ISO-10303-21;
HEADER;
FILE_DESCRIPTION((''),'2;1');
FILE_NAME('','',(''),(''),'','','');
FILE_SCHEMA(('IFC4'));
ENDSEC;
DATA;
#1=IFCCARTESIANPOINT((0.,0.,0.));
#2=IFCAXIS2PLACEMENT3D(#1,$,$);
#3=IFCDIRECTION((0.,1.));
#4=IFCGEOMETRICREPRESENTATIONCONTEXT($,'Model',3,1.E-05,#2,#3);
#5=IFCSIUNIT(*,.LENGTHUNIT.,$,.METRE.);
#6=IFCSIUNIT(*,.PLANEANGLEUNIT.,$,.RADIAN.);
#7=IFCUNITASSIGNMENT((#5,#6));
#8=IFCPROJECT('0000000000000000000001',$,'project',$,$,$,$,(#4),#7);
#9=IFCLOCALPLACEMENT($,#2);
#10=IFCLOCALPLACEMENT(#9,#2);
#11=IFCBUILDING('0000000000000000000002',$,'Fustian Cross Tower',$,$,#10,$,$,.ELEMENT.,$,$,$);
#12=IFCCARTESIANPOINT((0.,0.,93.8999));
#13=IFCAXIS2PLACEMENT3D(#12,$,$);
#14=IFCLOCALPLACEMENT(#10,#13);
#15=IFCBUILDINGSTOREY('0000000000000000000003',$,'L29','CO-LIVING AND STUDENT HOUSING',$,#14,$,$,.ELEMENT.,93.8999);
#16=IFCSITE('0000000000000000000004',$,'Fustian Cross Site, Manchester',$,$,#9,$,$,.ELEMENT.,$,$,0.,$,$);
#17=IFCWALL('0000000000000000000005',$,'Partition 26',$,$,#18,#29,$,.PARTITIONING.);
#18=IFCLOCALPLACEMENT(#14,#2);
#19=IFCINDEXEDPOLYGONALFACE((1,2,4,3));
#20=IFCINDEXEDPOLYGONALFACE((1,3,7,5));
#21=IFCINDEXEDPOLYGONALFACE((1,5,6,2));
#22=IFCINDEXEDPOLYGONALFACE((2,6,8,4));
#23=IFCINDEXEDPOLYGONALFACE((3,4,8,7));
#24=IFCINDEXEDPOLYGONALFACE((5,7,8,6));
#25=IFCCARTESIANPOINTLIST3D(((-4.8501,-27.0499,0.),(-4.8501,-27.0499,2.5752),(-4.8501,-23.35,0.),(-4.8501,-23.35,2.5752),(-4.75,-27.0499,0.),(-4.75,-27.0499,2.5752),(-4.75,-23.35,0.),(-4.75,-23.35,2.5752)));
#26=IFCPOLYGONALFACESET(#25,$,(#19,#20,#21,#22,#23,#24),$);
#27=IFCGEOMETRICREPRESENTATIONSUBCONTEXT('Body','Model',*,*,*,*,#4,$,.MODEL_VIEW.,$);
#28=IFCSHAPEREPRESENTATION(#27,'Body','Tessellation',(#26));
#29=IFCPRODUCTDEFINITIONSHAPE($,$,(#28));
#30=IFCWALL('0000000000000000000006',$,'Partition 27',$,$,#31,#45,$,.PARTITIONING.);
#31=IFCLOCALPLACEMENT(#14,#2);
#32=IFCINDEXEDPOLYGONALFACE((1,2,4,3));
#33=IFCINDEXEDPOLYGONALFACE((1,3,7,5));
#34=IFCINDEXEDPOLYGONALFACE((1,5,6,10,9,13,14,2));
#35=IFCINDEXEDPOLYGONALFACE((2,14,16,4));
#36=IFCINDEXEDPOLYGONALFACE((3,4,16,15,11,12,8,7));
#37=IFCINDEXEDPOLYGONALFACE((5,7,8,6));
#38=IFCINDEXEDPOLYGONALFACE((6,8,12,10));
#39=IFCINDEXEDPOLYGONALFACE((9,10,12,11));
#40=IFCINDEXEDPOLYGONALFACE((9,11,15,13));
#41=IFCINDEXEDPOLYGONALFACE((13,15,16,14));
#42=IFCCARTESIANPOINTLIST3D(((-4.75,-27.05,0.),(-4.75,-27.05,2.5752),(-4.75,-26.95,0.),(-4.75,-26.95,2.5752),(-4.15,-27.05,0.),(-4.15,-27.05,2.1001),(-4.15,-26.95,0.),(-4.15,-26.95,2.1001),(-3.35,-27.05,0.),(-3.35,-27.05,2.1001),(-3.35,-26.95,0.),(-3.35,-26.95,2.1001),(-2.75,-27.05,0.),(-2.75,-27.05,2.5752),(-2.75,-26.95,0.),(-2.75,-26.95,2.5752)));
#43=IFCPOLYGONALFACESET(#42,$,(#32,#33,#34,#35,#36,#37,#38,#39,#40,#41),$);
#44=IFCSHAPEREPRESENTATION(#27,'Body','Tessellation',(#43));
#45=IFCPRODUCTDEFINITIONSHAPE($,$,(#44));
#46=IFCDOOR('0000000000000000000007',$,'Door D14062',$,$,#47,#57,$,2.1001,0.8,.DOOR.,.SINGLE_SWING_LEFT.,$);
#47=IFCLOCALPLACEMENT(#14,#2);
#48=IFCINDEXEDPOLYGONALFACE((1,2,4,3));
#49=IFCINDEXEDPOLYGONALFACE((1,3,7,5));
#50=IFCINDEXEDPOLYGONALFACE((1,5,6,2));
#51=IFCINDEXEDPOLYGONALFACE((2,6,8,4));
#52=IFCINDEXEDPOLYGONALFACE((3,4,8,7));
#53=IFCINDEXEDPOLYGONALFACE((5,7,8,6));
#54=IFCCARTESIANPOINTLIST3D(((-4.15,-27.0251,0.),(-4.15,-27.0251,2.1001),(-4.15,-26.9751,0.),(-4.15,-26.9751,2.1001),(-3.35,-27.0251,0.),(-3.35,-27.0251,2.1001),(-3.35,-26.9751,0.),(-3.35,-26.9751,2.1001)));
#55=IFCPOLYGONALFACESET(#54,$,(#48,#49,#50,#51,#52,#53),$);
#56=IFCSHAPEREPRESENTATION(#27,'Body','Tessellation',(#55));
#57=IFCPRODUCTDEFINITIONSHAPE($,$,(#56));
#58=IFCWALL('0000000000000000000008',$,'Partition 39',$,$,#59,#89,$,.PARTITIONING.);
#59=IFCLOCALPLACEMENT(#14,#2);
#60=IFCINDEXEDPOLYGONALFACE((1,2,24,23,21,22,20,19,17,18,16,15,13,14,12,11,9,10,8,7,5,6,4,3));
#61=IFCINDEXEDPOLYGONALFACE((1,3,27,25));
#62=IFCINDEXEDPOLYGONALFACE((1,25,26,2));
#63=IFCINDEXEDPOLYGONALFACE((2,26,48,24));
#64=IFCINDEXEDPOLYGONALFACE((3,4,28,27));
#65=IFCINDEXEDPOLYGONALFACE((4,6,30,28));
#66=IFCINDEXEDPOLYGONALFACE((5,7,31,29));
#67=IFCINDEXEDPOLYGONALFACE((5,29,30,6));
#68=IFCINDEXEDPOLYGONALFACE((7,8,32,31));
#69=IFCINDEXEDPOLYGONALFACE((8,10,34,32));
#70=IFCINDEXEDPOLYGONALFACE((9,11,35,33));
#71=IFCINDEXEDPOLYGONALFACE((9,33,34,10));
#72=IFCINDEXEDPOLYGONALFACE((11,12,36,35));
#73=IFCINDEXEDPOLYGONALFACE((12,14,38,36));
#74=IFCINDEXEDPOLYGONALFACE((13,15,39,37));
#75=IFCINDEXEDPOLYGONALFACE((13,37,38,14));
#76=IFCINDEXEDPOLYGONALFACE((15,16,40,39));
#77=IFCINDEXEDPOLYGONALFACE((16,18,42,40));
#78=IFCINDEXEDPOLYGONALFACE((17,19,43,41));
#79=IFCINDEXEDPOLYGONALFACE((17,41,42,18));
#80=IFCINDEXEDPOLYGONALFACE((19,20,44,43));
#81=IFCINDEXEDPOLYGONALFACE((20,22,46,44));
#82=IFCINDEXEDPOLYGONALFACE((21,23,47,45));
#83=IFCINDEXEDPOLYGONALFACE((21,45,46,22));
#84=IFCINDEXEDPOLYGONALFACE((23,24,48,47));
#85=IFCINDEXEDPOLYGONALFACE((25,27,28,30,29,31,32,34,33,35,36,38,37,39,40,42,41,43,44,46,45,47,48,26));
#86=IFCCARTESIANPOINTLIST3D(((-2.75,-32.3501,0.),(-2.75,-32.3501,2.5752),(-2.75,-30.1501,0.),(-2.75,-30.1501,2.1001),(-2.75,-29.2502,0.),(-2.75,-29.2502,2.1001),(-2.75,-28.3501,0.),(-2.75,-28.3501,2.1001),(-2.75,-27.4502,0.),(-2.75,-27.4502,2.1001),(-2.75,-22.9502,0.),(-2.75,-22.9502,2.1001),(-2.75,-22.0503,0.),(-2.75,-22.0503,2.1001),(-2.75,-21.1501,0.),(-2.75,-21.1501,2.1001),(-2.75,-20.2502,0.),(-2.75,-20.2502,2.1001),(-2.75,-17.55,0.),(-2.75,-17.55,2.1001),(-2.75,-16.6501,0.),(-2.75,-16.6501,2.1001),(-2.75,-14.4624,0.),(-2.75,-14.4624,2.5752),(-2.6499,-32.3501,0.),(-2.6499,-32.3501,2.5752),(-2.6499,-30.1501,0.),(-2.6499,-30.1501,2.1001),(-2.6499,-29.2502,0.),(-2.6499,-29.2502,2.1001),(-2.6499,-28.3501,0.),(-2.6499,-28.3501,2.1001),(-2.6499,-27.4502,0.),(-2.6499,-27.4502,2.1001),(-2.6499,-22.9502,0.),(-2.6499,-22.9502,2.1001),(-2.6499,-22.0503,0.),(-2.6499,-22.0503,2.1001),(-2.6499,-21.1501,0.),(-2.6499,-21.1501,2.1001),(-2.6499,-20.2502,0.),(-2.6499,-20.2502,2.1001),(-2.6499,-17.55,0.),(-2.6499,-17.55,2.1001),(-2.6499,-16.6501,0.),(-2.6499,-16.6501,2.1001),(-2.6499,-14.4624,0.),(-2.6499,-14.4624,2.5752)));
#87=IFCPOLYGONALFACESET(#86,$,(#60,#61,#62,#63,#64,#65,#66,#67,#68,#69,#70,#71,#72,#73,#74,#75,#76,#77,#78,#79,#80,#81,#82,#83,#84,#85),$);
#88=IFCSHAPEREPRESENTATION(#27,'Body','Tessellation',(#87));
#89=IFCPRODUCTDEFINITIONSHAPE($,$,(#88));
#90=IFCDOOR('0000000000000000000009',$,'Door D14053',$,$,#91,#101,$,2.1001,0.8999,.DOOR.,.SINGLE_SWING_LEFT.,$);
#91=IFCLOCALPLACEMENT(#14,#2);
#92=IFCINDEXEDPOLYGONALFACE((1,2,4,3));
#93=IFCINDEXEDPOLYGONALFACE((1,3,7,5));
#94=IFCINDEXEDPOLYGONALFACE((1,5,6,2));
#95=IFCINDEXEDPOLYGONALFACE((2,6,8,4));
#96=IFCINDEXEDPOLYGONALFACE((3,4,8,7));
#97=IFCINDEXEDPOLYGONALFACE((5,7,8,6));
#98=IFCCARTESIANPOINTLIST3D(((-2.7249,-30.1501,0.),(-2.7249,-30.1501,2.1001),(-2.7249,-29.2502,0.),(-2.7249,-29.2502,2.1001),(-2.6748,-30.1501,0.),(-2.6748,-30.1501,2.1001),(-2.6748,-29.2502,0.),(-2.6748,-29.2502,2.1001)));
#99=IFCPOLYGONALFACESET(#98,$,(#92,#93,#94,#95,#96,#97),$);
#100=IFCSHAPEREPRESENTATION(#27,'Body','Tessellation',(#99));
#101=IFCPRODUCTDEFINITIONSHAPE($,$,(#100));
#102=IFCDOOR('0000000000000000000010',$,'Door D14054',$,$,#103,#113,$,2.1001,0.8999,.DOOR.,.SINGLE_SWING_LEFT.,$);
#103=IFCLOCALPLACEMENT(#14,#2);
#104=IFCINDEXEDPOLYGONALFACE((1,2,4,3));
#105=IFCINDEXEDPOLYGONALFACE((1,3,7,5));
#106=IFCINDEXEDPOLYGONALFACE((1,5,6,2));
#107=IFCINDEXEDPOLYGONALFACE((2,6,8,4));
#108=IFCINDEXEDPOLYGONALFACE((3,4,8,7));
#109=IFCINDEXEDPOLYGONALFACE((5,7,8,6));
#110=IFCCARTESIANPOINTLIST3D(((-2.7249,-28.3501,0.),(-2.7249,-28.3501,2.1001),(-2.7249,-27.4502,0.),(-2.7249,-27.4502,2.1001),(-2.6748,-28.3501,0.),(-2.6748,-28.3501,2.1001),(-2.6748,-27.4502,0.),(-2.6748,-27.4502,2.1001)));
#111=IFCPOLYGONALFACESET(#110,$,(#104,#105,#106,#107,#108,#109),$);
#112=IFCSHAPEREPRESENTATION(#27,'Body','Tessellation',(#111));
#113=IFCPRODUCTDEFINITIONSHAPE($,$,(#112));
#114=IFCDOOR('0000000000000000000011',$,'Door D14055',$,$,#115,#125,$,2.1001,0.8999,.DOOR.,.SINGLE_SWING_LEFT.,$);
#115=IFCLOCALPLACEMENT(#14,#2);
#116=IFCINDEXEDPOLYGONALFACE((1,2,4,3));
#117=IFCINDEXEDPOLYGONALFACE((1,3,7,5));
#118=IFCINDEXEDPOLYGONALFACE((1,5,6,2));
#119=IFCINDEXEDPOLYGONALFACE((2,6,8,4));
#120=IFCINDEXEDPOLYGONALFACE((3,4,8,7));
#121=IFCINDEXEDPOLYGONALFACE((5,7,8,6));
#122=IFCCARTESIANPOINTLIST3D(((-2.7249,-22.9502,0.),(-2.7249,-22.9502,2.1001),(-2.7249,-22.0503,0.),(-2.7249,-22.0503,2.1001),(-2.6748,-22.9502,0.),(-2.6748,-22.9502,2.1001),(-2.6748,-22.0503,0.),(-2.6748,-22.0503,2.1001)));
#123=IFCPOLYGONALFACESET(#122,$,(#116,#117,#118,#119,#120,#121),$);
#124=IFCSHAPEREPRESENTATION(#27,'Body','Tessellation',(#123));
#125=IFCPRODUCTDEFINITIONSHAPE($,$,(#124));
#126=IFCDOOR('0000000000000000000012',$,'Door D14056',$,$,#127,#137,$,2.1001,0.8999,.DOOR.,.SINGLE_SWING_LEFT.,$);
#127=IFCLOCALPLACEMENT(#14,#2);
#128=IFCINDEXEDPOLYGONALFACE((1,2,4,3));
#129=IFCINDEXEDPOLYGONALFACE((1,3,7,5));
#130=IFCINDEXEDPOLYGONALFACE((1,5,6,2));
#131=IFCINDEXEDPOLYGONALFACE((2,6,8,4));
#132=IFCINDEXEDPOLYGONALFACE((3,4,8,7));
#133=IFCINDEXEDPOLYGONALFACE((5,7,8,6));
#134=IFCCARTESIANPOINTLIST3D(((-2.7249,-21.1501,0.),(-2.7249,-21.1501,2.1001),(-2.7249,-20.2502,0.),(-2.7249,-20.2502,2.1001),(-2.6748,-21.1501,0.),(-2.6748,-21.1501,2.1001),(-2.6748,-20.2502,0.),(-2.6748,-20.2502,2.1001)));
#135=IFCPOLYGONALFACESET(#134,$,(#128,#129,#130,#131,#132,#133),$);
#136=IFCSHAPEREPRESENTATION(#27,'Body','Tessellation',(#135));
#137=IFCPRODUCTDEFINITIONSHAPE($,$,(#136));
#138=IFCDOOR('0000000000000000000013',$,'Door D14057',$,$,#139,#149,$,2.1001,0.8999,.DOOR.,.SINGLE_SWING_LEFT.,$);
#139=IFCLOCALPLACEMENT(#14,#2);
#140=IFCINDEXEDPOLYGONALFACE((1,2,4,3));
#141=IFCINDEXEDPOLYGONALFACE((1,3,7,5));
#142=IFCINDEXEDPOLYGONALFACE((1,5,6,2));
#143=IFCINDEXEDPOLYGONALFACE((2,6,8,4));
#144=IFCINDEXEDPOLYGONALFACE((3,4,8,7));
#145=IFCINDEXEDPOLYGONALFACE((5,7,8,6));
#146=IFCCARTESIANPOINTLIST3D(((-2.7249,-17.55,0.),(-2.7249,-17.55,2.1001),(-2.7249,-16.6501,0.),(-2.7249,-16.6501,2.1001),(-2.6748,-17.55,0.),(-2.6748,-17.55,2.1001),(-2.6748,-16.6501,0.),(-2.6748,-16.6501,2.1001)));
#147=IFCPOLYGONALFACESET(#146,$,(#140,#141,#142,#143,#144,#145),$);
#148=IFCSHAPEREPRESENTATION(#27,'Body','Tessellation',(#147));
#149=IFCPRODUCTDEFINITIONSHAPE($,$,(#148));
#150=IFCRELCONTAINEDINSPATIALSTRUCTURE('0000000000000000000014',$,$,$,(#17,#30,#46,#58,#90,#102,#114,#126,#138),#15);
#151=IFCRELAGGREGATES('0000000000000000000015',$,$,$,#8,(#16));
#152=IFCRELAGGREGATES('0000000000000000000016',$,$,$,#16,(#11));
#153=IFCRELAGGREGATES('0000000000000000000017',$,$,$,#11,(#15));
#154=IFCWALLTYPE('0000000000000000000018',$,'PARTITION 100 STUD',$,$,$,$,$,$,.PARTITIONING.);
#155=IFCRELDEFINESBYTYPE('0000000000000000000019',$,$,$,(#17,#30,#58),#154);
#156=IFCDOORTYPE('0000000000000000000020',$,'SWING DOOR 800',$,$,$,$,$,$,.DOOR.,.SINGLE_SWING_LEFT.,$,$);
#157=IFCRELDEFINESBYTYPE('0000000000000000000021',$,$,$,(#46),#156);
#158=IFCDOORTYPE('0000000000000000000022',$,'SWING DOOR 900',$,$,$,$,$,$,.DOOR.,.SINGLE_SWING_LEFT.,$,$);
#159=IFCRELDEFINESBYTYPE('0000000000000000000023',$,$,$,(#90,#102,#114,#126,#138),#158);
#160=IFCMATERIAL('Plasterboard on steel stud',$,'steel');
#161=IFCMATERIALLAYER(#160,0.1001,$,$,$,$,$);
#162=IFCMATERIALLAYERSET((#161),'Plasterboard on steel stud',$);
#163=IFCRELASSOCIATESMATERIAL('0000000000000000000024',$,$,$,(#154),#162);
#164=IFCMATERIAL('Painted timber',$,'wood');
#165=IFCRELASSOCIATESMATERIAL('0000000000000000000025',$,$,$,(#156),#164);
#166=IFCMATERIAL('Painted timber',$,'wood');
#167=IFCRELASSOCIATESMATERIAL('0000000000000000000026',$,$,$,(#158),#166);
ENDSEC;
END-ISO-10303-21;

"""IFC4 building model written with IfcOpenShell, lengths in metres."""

from ifc_helpers import new_model, si_unit, direction, frame, frame_2d, origin, place, context, subcontext, project, spatial, rectangle, extrude, material, layer, layer_set, type_object, element, fill, save


model = new_model("IFC4")

# Units and contexts
model_context = context("Model", 3, precision=1e-05, world=origin(), true_north=direction((0.0, 1.0)))
body_context = subcontext(model_context, "Body", "Model", "MODEL_VIEW")
ifc_project = project(units=[si_unit("LENGTHUNIT", "METRE"), si_unit("PLANEANGLEUNIT", "RADIAN")], contexts=[model_context])

# Site, building, storey
site_placement = place(None, origin())
site = spatial("IfcSite", under=ifc_project, at=site_placement, Name="Fustian Cross Site, Manchester", CompositionType="ELEMENT", RefElevation=0.0)
building_placement = place(site_placement, origin())
building = spatial("IfcBuilding", under=site, at=building_placement, Name="Fustian Cross Tower", CompositionType="ELEMENT")
storey_placement = place(building_placement, frame((0.0, 0.0, 93.8999)))
storey = spatial("IfcBuildingStorey", under=building, at=storey_placement, Name="L29", Description="CO-LIVING AND STUDENT HOUSING", CompositionType="ELEMENT", Elevation=93.8999)

# Shared definitions
ifc_material_1 = material(Name="Plasterboard on steel stud", Category="steel")
ifc_layer_1 = layer(ifc_material_1, 0.1001)
ifc_layer_set_1 = layer_set([ifc_layer_1], Name="Plasterboard on steel stud")
wall_type_1 = type_object("IfcWallType", Name="PARTITION 100 STUD", PredefinedType="PARTITIONING", material=ifc_layer_set_1)
ifc_material_2 = material(Name="Painted timber", Category="wood")
door_type_1 = type_object("IfcDoorType", Name="SWING DOOR 800", OperationType="SINGLE_SWING_LEFT", PredefinedType="DOOR", material=ifc_material_2)

# Wall
wall_1_placement = place(storey_placement, frame((-4.8, -27.05, 0.0), z_axis=(0.0, 0.0, 1.0), x_axis=(0.0, 1.0, 0.0)))
element("IfcWall", 1, at=wall_1_placement, inside=storey, type_object=wall_type_1, Name="Partition 26", PredefinedType="PARTITIONING", context=body_context, shape_type="SweptSolid", body=[
    extrude(rectangle(XDim=3.7, YDim=0.1001, at=frame_2d((1.8501, 0.0))), origin(), (0.0, 0.0, 1.0), 2.5752),
])

# Wall, opening, door
wall_2_placement = place(storey_placement, frame((-4.75, -27.0, 0.0), z_axis=(0.0, 0.0, 1.0), x_axis=(1.0, 0.0, 0.0)))
wall_2 = element("IfcWall", 2, at=wall_2_placement, inside=storey, type_object=wall_type_1, Name="Partition 27", PredefinedType="PARTITIONING", context=body_context, shape_type="SweptSolid", body=[
    extrude(rectangle(XDim=2.0, YDim=0.1001, at=frame_2d((1.0, 0.0))), origin(), (0.0, 0.0, 1.0), 2.5752),
])
opening_1_placement = place(wall_2_placement, frame((0.6001, 0.0, 0.0)))
opening_1 = element("IfcOpeningElement", 3, at=opening_1_placement, cuts=wall_2, PredefinedType="OPENING", context=body_context, shape_type="SweptSolid", body=[
    extrude(rectangle(XDim=0.8, YDim=2.1001, at=frame_2d((0.3999, 1.05))), frame((0.0, 0.0601, 0.0), z_axis=(0.0, -1.0, 0.0), x_axis=(1.0, 0.0, 0.0)), (0.0, 0.0, 1.0), 0.1201),
])
door_1_placement = place(opening_1_placement, origin())
door_1 = element("IfcDoor", 4, at=door_1_placement, inside=storey, type_object=door_type_1, Name="Door D14062", OperationType="SINGLE_SWING_LEFT", OverallHeight=2.1001, OverallWidth=0.8, PredefinedType="DOOR", context=body_context, shape_type="SweptSolid", body=[
    extrude(rectangle(XDim=0.8, YDim=2.1001, at=frame_2d((0.3999, 1.05))), frame((0.0, 0.0249, 0.0), z_axis=(0.0, -1.0, 0.0), x_axis=(1.0, 0.0, 0.0)), (0.0, 0.0, 1.0), 0.05),
])
fill(opening_1, door_1)

# Wall, openings, doors
wall_3_placement = place(storey_placement, frame((-2.7, -32.3501, 0.0), z_axis=(0.0, 0.0, 1.0), x_axis=(0.0, 1.0, 0.0)))
wall_3 = element("IfcWall", 5, at=wall_3_placement, inside=storey, type_object=wall_type_1, Name="Partition 39", PredefinedType="PARTITIONING", context=body_context, shape_type="SweptSolid", body=[
    extrude(rectangle(XDim=17.8877, YDim=0.1001, at=frame_2d((8.9438, 0.0))), origin(), (0.0, 0.0, 1.0), 2.5752),
])
opening_2_placement = place(wall_3_placement, frame((2.2, 0.0, 0.0)))
opening_2 = element("IfcOpeningElement", 6, at=opening_2_placement, cuts=wall_3, PredefinedType="OPENING", context=body_context, shape_type="SweptSolid", body=[
    extrude(rectangle(XDim=0.8999, YDim=2.1001, at=frame_2d((0.45, 1.05))), frame((0.0, 0.0601, 0.0), z_axis=(0.0, -1.0, 0.0), x_axis=(1.0, 0.0, 0.0)), (0.0, 0.0, 1.0), 0.1201),
])
opening_3_placement = place(wall_3_placement, frame((4.0, 0.0, 0.0)))
opening_3 = element("IfcOpeningElement", 7, at=opening_3_placement, cuts=wall_3, PredefinedType="OPENING", context=body_context, shape_type="SweptSolid", body=[
    extrude(rectangle(XDim=0.8999, YDim=2.1001, at=frame_2d((0.45, 1.05))), frame((0.0, 0.0601, 0.0), z_axis=(0.0, -1.0, 0.0), x_axis=(1.0, 0.0, 0.0)), (0.0, 0.0, 1.0), 0.1201),
])
opening_4_placement = place(wall_3_placement, frame((9.3999, 0.0, 0.0)))
opening_4 = element("IfcOpeningElement", 8, at=opening_4_placement, cuts=wall_3, PredefinedType="OPENING", context=body_context, shape_type="SweptSolid", body=[
    extrude(rectangle(XDim=0.8999, YDim=2.1001, at=frame_2d((0.45, 1.05))), frame((0.0, 0.0601, 0.0), z_axis=(0.0, -1.0, 0.0), x_axis=(1.0, 0.0, 0.0)), (0.0, 0.0, 1.0), 0.1201),
])
opening_5_placement = place(wall_3_placement, frame((11.2, 0.0, 0.0)))
opening_5 = element("IfcOpeningElement", 9, at=opening_5_placement, cuts=wall_3, PredefinedType="OPENING", context=body_context, shape_type="SweptSolid", body=[
    extrude(rectangle(XDim=0.8999, YDim=2.1001, at=frame_2d((0.45, 1.05))), frame((0.0, 0.0601, 0.0), z_axis=(0.0, -1.0, 0.0), x_axis=(1.0, 0.0, 0.0)), (0.0, 0.0, 1.0), 0.1201),
])
opening_6_placement = place(wall_3_placement, frame((14.8, 0.0, 0.0)))
opening_6 = element("IfcOpeningElement", 10, at=opening_6_placement, cuts=wall_3, PredefinedType="OPENING", context=body_context, shape_type="SweptSolid", body=[
    extrude(rectangle(XDim=0.8999, YDim=2.1001, at=frame_2d((0.45, 1.05))), frame((0.0, 0.0601, 0.0), z_axis=(0.0, -1.0, 0.0), x_axis=(1.0, 0.0, 0.0)), (0.0, 0.0, 1.0), 0.1201),
])
ifc_material_3 = material(Name="Painted timber", Category="wood")
door_type_2 = type_object("IfcDoorType", Name="SWING DOOR 900", OperationType="SINGLE_SWING_LEFT", PredefinedType="DOOR", material=ifc_material_3)
door_2_placement = place(opening_2_placement, origin())
door_2 = element("IfcDoor", 11, at=door_2_placement, inside=storey, type_object=door_type_2, Name="Door D14053", OperationType="SINGLE_SWING_LEFT", OverallHeight=2.1001, OverallWidth=0.8999, PredefinedType="DOOR", context=body_context, shape_type="SweptSolid", body=[
    extrude(rectangle(XDim=0.8999, YDim=2.1001, at=frame_2d((0.45, 1.05))), frame((0.0, 0.0249, 0.0), z_axis=(0.0, -1.0, 0.0), x_axis=(1.0, 0.0, 0.0)), (0.0, 0.0, 1.0), 0.05),
])
fill(opening_2, door_2)
door_3_placement = place(opening_3_placement, origin())
door_3 = element("IfcDoor", 12, at=door_3_placement, inside=storey, type_object=door_type_2, Name="Door D14054", OperationType="SINGLE_SWING_LEFT", OverallHeight=2.1001, OverallWidth=0.8999, PredefinedType="DOOR", context=body_context, shape_type="SweptSolid", body=[
    extrude(rectangle(XDim=0.8999, YDim=2.1001, at=frame_2d((0.45, 1.05))), frame((0.0, 0.0249, 0.0), z_axis=(0.0, -1.0, 0.0), x_axis=(1.0, 0.0, 0.0)), (0.0, 0.0, 1.0), 0.05),
])
fill(opening_3, door_3)
door_4_placement = place(opening_4_placement, origin())
door_4 = element("IfcDoor", 13, at=door_4_placement, inside=storey, type_object=door_type_2, Name="Door D14055", OperationType="SINGLE_SWING_LEFT", OverallHeight=2.1001, OverallWidth=0.8999, PredefinedType="DOOR", context=body_context, shape_type="SweptSolid", body=[
    extrude(rectangle(XDim=0.8999, YDim=2.1001, at=frame_2d((0.45, 1.05))), frame((0.0, 0.0249, 0.0), z_axis=(0.0, -1.0, 0.0), x_axis=(1.0, 0.0, 0.0)), (0.0, 0.0, 1.0), 0.05),
])
fill(opening_4, door_4)
door_5_placement = place(opening_5_placement, origin())
door_5 = element("IfcDoor", 14, at=door_5_placement, inside=storey, type_object=door_type_2, Name="Door D14056", OperationType="SINGLE_SWING_LEFT", OverallHeight=2.1001, OverallWidth=0.8999, PredefinedType="DOOR", context=body_context, shape_type="SweptSolid", body=[
    extrude(rectangle(XDim=0.8999, YDim=2.1001, at=frame_2d((0.45, 1.05))), frame((0.0, 0.0249, 0.0), z_axis=(0.0, -1.0, 0.0), x_axis=(1.0, 0.0, 0.0)), (0.0, 0.0, 1.0), 0.05),
])
fill(opening_5, door_5)
door_6_placement = place(opening_6_placement, origin())
door_6 = element("IfcDoor", 15, at=door_6_placement, inside=storey, type_object=door_type_2, Name="Door D14057", OperationType="SINGLE_SWING_LEFT", OverallHeight=2.1001, OverallWidth=0.8999, PredefinedType="DOOR", context=body_context, shape_type="SweptSolid", body=[
    extrude(rectangle(XDim=0.8999, YDim=2.1001, at=frame_2d((0.45, 1.05))), frame((0.0, 0.0249, 0.0), z_axis=(0.0, -1.0, 0.0), x_axis=(1.0, 0.0, 0.0)), (0.0, 0.0, 1.0), 0.05),
])
fill(opening_6, door_6)

save(model, "model.ifc")
